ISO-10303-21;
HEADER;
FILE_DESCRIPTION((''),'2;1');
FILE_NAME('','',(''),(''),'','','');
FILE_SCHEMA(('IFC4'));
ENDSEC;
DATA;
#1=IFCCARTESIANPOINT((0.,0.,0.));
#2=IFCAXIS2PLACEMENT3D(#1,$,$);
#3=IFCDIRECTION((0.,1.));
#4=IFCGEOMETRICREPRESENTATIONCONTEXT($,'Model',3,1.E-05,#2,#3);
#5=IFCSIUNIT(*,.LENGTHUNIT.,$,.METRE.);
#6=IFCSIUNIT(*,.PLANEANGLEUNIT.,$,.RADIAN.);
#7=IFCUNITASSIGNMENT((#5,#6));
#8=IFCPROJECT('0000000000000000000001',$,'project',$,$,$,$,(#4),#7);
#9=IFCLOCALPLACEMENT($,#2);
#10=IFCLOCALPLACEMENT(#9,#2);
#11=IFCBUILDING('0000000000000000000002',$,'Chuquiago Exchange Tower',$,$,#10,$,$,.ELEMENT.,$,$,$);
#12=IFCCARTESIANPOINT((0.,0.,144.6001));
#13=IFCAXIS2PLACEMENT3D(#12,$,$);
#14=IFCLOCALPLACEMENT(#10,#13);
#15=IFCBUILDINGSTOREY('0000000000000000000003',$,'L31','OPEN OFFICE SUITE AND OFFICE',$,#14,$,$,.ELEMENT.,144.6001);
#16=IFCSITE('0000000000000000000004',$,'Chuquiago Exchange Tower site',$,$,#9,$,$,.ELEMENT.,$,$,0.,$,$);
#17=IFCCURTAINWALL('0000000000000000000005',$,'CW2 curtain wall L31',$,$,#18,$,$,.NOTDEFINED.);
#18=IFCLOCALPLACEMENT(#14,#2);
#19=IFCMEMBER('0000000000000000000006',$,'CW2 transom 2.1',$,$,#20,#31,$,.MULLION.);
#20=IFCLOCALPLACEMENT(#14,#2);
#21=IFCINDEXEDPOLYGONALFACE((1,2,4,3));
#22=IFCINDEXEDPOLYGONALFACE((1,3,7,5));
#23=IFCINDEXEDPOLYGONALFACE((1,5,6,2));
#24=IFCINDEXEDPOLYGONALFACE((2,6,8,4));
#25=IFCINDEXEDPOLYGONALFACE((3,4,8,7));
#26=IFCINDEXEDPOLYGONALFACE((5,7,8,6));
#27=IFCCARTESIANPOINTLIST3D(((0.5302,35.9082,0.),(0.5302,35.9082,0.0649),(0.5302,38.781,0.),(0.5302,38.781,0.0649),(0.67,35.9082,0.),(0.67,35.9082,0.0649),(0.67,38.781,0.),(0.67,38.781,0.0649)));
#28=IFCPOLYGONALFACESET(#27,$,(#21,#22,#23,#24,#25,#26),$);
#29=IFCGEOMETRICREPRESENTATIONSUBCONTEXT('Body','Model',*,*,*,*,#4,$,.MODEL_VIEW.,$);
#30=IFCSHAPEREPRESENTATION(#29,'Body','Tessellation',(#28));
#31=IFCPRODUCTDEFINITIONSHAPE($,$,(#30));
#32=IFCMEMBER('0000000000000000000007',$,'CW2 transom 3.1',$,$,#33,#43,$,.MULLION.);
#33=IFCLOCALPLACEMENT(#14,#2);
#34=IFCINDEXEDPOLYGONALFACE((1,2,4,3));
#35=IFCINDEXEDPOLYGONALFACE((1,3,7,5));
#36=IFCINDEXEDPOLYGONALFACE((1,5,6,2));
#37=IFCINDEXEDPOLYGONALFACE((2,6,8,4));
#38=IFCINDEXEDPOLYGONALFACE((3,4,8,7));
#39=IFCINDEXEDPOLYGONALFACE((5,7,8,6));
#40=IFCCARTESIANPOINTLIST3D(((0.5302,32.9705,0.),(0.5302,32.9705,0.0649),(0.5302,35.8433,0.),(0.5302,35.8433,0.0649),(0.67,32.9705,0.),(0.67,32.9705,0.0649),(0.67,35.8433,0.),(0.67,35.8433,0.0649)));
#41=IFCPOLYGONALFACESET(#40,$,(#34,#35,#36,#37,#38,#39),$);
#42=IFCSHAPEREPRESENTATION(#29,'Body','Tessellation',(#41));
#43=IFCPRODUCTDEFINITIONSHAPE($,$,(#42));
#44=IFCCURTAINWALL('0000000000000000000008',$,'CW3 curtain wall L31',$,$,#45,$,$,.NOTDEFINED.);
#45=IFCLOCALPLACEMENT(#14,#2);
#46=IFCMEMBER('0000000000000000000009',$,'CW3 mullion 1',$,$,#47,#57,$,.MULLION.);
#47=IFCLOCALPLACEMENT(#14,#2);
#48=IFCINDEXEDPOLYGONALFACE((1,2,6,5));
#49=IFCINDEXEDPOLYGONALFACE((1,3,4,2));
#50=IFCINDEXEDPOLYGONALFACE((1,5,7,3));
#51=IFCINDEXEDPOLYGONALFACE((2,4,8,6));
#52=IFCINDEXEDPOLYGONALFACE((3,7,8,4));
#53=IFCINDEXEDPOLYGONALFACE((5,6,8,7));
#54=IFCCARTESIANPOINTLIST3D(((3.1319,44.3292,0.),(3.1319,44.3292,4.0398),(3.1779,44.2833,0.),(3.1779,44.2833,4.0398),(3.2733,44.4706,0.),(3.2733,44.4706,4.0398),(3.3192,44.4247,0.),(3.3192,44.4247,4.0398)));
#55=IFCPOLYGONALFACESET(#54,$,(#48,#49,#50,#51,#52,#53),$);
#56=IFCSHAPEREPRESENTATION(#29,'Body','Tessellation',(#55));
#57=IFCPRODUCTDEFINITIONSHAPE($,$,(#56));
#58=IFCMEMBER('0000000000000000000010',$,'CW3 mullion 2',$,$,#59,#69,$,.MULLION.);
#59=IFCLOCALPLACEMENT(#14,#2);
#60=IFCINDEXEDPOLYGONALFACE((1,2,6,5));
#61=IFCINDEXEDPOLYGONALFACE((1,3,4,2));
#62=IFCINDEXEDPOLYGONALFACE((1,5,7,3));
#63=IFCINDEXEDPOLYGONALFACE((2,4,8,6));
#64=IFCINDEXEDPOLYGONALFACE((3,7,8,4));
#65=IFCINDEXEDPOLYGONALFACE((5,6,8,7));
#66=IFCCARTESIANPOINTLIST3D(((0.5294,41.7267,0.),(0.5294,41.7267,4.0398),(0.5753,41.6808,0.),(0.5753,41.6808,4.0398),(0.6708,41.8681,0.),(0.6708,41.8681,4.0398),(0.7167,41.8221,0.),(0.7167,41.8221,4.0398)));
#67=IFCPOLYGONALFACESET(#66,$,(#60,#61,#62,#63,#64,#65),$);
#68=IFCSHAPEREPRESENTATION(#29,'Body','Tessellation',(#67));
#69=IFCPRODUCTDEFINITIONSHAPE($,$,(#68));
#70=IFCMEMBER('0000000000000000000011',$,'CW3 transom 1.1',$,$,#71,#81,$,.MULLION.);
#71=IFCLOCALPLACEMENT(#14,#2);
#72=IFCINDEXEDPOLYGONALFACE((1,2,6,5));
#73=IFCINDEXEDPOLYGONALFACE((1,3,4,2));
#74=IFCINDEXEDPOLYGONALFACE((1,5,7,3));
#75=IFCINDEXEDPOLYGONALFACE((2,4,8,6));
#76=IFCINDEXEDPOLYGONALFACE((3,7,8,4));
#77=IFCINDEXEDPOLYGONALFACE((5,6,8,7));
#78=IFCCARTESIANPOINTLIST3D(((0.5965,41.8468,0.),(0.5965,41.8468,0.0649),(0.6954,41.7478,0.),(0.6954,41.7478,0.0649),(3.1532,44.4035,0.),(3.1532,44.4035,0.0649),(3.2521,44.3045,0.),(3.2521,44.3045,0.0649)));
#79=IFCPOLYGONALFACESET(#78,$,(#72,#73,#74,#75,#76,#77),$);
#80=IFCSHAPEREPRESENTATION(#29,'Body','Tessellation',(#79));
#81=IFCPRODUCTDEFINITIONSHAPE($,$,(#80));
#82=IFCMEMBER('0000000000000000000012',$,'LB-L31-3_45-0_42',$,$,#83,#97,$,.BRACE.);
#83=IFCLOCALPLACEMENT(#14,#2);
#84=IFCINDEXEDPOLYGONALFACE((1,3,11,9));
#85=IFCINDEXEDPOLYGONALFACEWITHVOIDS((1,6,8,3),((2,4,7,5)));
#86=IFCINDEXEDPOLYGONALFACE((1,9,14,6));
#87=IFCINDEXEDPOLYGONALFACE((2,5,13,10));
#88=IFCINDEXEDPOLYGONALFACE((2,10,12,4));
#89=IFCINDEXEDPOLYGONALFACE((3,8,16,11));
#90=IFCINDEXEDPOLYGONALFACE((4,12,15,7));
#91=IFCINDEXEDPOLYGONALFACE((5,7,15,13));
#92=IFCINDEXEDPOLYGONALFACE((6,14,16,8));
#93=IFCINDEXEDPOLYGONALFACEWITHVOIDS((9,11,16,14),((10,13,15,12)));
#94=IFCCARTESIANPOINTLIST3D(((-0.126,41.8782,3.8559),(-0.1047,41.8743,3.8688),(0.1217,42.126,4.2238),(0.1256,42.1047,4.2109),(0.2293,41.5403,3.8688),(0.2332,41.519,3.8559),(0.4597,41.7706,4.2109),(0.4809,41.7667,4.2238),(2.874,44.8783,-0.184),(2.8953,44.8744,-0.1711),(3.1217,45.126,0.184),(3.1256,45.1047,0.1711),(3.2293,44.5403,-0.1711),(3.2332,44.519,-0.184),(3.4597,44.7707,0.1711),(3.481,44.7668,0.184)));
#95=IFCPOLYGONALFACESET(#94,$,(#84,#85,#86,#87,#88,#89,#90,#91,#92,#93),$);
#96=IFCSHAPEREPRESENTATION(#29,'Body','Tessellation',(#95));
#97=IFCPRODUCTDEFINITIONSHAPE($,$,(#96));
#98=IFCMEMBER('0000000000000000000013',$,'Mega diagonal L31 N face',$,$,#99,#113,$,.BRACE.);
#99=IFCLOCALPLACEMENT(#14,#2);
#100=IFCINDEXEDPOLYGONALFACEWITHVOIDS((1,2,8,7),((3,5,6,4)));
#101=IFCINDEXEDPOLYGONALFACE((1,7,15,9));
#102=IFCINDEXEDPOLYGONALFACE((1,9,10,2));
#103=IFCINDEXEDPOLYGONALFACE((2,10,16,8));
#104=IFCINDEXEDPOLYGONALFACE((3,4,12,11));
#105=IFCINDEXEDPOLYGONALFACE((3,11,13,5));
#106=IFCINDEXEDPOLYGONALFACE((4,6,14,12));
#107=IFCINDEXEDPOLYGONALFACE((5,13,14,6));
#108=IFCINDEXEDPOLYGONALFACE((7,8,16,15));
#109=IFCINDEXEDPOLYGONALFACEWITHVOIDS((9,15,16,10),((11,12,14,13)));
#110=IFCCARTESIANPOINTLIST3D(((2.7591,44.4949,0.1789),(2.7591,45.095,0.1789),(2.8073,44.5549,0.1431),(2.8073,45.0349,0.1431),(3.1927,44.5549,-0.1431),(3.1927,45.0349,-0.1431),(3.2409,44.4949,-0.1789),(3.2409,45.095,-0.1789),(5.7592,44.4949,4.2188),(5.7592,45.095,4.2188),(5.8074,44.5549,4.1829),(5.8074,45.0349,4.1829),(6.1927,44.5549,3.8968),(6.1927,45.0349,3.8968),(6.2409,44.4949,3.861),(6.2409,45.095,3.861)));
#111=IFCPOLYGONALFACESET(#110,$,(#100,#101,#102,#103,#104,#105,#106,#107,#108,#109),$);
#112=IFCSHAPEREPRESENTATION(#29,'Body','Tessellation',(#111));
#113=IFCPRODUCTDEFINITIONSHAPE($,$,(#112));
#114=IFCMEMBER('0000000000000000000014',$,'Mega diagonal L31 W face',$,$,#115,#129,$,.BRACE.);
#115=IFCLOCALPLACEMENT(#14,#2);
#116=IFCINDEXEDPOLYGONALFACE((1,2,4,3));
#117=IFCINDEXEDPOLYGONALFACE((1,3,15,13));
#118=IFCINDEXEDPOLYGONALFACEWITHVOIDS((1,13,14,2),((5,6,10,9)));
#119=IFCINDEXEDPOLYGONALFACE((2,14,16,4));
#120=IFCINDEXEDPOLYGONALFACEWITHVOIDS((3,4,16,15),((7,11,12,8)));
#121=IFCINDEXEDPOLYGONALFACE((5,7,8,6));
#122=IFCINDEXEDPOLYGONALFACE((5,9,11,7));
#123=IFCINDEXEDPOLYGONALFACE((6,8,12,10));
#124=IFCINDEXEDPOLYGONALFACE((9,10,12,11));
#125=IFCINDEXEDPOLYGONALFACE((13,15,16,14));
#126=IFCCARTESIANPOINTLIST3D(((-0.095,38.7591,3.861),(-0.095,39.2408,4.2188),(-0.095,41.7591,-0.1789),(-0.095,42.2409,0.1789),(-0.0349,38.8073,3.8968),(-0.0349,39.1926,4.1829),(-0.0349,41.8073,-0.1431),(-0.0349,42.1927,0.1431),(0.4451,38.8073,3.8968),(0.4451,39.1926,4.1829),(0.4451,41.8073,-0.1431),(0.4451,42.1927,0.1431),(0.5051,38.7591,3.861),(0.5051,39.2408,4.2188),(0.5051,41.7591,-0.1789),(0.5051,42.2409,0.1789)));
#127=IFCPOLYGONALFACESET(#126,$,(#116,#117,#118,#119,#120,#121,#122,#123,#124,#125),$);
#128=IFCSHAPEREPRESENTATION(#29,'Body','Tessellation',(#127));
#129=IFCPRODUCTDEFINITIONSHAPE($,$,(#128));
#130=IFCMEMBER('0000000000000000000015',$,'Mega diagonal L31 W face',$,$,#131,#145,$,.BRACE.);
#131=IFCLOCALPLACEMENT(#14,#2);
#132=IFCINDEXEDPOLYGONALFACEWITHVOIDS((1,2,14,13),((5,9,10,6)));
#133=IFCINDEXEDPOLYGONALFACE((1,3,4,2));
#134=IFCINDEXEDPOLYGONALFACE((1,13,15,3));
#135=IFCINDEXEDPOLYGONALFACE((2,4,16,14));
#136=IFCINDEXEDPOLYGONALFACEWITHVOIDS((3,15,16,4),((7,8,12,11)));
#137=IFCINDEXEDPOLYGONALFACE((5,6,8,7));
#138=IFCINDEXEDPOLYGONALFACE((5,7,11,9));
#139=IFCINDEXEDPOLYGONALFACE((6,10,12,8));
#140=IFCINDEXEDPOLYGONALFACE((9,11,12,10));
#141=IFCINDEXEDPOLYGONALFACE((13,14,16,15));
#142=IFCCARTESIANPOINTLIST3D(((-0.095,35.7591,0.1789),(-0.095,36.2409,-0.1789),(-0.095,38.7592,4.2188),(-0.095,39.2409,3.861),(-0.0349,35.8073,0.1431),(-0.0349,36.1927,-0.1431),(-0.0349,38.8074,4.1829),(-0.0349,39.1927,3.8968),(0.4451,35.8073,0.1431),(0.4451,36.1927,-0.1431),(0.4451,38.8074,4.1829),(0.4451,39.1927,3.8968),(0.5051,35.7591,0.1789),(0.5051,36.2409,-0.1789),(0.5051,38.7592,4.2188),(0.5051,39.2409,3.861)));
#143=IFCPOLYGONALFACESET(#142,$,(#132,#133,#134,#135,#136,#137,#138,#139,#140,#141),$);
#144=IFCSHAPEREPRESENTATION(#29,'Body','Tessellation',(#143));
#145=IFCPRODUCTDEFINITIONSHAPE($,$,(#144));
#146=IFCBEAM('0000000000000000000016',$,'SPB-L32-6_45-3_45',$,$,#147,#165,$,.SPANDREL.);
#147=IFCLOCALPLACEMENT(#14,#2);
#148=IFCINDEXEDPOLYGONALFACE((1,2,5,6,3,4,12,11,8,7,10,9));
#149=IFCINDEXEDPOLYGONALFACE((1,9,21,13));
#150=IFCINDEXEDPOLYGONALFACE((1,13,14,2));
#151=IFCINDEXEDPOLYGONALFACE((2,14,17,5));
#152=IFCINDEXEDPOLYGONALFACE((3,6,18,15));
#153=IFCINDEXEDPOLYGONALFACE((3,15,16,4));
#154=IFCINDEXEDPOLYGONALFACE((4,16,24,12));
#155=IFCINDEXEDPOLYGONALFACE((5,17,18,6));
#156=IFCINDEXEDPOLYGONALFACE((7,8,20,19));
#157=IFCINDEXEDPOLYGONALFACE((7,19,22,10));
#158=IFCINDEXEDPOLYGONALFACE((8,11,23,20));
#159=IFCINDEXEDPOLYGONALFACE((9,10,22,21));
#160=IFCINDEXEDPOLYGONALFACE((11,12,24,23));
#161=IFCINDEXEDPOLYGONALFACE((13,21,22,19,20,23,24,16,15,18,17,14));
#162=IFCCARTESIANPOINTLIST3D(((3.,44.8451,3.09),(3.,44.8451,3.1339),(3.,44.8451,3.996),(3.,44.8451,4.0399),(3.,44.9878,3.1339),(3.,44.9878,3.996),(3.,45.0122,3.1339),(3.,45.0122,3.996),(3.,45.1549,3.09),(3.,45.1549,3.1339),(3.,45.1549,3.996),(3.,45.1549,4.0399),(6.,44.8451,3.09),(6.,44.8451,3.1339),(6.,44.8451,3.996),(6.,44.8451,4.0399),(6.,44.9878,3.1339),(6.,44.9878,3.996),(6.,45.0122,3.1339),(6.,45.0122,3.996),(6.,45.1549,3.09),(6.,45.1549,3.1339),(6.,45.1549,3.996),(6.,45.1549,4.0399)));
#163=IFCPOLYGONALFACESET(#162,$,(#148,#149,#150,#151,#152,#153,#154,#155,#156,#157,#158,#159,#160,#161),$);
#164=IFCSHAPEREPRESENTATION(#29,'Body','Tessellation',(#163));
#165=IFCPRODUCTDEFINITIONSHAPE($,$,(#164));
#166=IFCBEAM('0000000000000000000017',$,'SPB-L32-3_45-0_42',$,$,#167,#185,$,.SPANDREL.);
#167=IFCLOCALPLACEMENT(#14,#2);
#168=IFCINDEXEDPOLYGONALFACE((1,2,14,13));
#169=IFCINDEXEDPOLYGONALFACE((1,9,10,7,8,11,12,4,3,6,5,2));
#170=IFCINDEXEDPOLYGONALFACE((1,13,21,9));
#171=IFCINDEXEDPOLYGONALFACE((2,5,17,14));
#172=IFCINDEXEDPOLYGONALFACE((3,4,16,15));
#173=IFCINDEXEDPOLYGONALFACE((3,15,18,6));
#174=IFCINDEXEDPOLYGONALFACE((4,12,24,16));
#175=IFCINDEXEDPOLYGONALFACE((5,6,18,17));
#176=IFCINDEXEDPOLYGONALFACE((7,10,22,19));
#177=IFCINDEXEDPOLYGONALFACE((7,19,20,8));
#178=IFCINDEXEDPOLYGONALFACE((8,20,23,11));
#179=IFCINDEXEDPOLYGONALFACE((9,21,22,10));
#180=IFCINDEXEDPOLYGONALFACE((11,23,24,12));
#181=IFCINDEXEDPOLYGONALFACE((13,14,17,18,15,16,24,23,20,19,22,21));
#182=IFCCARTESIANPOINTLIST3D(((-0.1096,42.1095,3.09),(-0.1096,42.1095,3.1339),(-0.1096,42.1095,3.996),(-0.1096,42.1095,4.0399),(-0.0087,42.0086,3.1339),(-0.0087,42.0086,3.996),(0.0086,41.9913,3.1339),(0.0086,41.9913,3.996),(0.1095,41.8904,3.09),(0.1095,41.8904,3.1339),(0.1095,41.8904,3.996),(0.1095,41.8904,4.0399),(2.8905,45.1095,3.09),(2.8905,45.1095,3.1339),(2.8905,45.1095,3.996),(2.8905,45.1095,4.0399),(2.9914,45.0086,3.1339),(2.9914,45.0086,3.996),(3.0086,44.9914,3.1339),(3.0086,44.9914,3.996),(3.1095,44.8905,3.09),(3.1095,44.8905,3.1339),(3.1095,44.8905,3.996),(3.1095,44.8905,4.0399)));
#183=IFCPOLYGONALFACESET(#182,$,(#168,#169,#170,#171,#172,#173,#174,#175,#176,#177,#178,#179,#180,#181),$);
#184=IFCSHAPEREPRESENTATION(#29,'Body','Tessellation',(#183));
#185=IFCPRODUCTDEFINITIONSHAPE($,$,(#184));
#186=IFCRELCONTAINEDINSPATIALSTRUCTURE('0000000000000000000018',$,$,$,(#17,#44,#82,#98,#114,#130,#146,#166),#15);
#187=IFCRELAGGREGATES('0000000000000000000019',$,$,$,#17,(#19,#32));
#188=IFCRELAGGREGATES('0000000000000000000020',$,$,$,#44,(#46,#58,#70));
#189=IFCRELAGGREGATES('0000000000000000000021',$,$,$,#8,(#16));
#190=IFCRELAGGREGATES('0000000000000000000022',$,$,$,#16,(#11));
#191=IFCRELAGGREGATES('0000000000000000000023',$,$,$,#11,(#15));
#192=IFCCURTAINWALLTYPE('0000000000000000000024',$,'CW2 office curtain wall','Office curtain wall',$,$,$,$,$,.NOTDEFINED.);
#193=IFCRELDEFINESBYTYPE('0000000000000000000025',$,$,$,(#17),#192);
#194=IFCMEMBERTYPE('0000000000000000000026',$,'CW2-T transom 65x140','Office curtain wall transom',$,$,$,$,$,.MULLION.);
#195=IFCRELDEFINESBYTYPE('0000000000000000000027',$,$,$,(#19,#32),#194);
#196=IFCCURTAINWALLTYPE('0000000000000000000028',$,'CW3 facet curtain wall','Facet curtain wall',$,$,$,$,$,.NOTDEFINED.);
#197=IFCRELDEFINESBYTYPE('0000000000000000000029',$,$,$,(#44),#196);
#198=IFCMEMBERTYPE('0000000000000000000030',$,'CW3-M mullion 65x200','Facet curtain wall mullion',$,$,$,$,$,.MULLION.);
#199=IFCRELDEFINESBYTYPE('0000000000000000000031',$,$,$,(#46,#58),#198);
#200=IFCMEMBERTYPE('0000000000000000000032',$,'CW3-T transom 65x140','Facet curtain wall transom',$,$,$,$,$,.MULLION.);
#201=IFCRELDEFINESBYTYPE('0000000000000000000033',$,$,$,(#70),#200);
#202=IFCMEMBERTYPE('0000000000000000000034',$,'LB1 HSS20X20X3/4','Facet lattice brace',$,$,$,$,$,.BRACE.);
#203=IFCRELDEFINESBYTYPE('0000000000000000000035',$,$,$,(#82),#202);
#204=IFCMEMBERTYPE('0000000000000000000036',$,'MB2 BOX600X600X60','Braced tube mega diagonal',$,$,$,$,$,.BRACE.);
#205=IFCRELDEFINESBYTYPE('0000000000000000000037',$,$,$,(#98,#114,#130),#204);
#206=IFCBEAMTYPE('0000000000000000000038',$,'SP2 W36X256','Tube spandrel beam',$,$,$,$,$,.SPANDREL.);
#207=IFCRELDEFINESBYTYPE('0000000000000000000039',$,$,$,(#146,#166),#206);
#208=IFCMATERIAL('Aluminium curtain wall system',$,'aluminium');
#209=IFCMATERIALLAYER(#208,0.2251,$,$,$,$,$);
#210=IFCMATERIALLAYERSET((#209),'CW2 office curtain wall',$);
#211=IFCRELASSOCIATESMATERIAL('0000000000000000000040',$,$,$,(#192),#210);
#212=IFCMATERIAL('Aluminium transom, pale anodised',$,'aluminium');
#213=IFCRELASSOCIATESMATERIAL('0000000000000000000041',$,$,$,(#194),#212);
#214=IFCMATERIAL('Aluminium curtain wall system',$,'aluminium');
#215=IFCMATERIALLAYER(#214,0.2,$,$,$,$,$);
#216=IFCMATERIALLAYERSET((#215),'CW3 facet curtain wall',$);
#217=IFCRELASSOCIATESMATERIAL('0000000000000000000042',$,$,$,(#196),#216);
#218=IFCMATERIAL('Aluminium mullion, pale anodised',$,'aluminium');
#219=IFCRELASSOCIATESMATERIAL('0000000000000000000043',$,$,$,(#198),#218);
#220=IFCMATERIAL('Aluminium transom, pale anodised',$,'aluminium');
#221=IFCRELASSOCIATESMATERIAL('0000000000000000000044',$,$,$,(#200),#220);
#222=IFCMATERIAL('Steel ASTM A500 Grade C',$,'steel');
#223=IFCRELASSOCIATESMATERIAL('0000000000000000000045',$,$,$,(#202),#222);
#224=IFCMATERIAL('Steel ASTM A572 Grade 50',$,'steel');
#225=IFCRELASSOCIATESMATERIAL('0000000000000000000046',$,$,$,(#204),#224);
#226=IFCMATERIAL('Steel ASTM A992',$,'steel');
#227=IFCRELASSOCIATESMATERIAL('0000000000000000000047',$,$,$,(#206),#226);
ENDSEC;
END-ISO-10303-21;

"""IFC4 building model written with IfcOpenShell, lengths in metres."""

from ifc_helpers import new_model, si_unit, direction, frame, origin, origin_2d, place, context, subcontext, project, spatial, rectangle, hollow_rectangle, i_section, extrude, material, layer, layer_set, material_profile, profile_set, type_object, element, aggregate, save


model = new_model("IFC4")

# Units and contexts
model_context = context("Model", 3, precision=1e-05, world=origin(), true_north=direction((0.0, 1.0)))
body_context = subcontext(model_context, "Body", "Model", "MODEL_VIEW")
ifc_project = project(units=[si_unit("LENGTHUNIT", "METRE"), si_unit("PLANEANGLEUNIT", "RADIAN")], contexts=[model_context])

# Site, building, storey
site_placement = place(None, origin())
site = spatial("IfcSite", under=ifc_project, at=site_placement, Name="Chuquiago Exchange Tower site", CompositionType="ELEMENT", RefElevation=0.0)
building_placement = place(site_placement, origin())
building = spatial("IfcBuilding", under=site, at=building_placement, Name="Chuquiago Exchange Tower", CompositionType="ELEMENT")
storey_placement = place(building_placement, frame((0.0, 0.0, 144.6001)))
storey = spatial("IfcBuildingStorey", under=building, at=storey_placement, Name="L31", Description="OPEN OFFICE SUITE AND OFFICE", CompositionType="ELEMENT", Elevation=144.6001)

# Curtain wall
ifc_material_1 = material(Name="Aluminium curtain wall system", Category="aluminium")
ifc_layer_1 = layer(ifc_material_1, 0.2251)
ifc_layer_set_1 = layer_set([ifc_layer_1], Name="CW2 office curtain wall")
curtain_wall_type_1 = type_object("IfcCurtainWallType", Name="CW2 office curtain wall", Description="Office curtain wall", PredefinedType="NOTDEFINED", material=ifc_layer_set_1)
curtain_wall_1_placement = place(storey_placement, origin())
curtain_wall_1 = element("IfcCurtainWall", 1, at=curtain_wall_1_placement, inside=storey, type_object=curtain_wall_type_1, Name="CW2 curtain wall L31", PredefinedType="NOTDEFINED")

# Members
ifc_material_2 = material(Name="Aluminium transom, pale anodised", Category="aluminium")
ifc_material_profile_1 = material_profile(ifc_material_2, rectangle(XDim=0.1399, YDim=0.0649, at=origin_2d()), Name="AL 140x65")
ifc_profile_set_1 = profile_set([ifc_material_profile_1], Name="Aluminium transom, pale anodised")
member_type_1 = type_object("IfcMemberType", Name="CW2-T transom 65x140", Description="Office curtain wall transom", PredefinedType="MULLION", material=ifc_profile_set_1)
member_1_placement = place(storey_placement, frame((0.6001, 38.781, 0.0325), z_axis=(0.0, -1.0, 0.0), x_axis=(1.0, 0.0, 0.0)))
member_1 = element("IfcMember", 2, at=member_1_placement, type_object=member_type_1, Name="CW2 transom 2.1", PredefinedType="MULLION", context=body_context, shape_type="SweptSolid", body=[
    extrude(rectangle(XDim=0.1399, YDim=0.0649, at=origin_2d()), origin(), (0.0, 0.0, 1.0), 2.8728),
])
member_2_placement = place(storey_placement, frame((0.6001, 35.8433, 0.0325), z_axis=(0.0, -1.0, 0.0), x_axis=(1.0, 0.0, 0.0)))
member_2 = element("IfcMember", 3, at=member_2_placement, type_object=member_type_1, Name="CW2 transom 3.1", PredefinedType="MULLION", context=body_context, shape_type="SweptSolid", body=[
    extrude(rectangle(XDim=0.1399, YDim=0.0649, at=origin_2d()), origin(), (0.0, 0.0, 1.0), 2.8728),
])

# Curtain wall, members
ifc_material_3 = material(Name="Aluminium curtain wall system", Category="aluminium")
ifc_layer_2 = layer(ifc_material_3, 0.2)
ifc_layer_set_2 = layer_set([ifc_layer_2], Name="CW3 facet curtain wall")
curtain_wall_type_2 = type_object("IfcCurtainWallType", Name="CW3 facet curtain wall", Description="Facet curtain wall", PredefinedType="NOTDEFINED", material=ifc_layer_set_2)
curtain_wall_2_placement = place(storey_placement, origin())
curtain_wall_2 = element("IfcCurtainWall", 4, at=curtain_wall_2_placement, inside=storey, type_object=curtain_wall_type_2, Name="CW3 curtain wall L31", PredefinedType="NOTDEFINED")
ifc_material_4 = material(Name="Aluminium mullion, pale anodised", Category="aluminium")
ifc_material_profile_2 = material_profile(ifc_material_4, rectangle(XDim=0.0649, YDim=0.2, at=origin_2d()), Name="AL 65x200")
ifc_profile_set_2 = profile_set([ifc_material_profile_2], Name="Aluminium mullion, pale anodised")
member_type_2 = type_object("IfcMemberType", Name="CW3-M mullion 65x200", Description="Facet curtain wall mullion", PredefinedType="MULLION", material=ifc_profile_set_2)
member_3_placement = place(storey_placement, frame((3.2256, 44.377, 0.0), z_axis=(0.0, 0.0, 1.0), x_axis=(0.707107, -0.707107, 0.0)))
member_3 = element("IfcMember", 5, at=member_3_placement, type_object=member_type_2, Name="CW3 mullion 1", PredefinedType="MULLION", context=body_context, shape_type="SweptSolid", body=[
    extrude(rectangle(XDim=0.0649, YDim=0.2, at=origin_2d()), origin(), (0.0, 0.0, 1.0), 4.0398),
])
member_4_placement = place(storey_placement, frame((0.623, 41.7744, 0.0), z_axis=(0.0, 0.0, 1.0), x_axis=(0.707107, -0.707107, 0.0)))
member_4 = element("IfcMember", 6, at=member_4_placement, type_object=member_type_2, Name="CW3 mullion 2", PredefinedType="MULLION", context=body_context, shape_type="SweptSolid", body=[
    extrude(rectangle(XDim=0.0649, YDim=0.2, at=origin_2d()), origin(), (0.0, 0.0, 1.0), 4.0398),
])
ifc_material_5 = material(Name="Aluminium transom, pale anodised", Category="aluminium")
ifc_material_profile_3 = material_profile(ifc_material_5, rectangle(XDim=0.1399, YDim=0.0649, at=origin_2d()), Name="AL 140x65")
ifc_profile_set_3 = profile_set([ifc_material_profile_3], Name="Aluminium transom, pale anodised")
member_type_3 = type_object("IfcMemberType", Name="CW3-T transom 65x140", Description="Facet curtain wall transom", PredefinedType="MULLION", material=ifc_profile_set_3)
member_5_placement = place(storey_placement, frame((3.2026, 44.354, 0.0325), z_axis=(-0.707107, -0.707107, 0.0), x_axis=(0.707107, -0.707107, 0.0)))
member_5 = element("IfcMember", 7, at=member_5_placement, type_object=member_type_3, Name="CW3 transom 1.1", PredefinedType="MULLION", context=body_context, shape_type="SweptSolid", body=[
    extrude(rectangle(XDim=0.1399, YDim=0.0649, at=origin_2d()), origin(), (0.0, 0.0, 1.0), 3.6157),
])

# Members
ifc_material_6 = material(Name="Steel ASTM A500 Grade C", Category="steel")
ifc_material_profile_4 = material_profile(ifc_material_6, hollow_rectangle(XDim=0.5081, YDim=0.5081, WallThickness=0.0178, at=origin_2d()), Name="HSS20X20X3/4")
ifc_profile_set_4 = profile_set([ifc_material_profile_4], Name="Steel ASTM A500 Grade C")
member_type_4 = type_object("IfcMemberType", Name="LB1 HSS20X20X3/4", Description="Facet lattice brace", PredefinedType="BRACE", material=ifc_profile_set_4)
member_6_placement = place(storey_placement, frame((3.1775, 44.8225, 0.0), z_axis=(-0.512092, -0.512092, 0.689582), x_axis=(0.707107, -0.707107, 0.0)))
element("IfcMember", 8, at=member_6_placement, inside=storey, type_object=member_type_4, Name="LB-L31-3_45-0_42", PredefinedType="BRACE", context=body_context, shape_type="SweptSolid", body=[
    extrude(hollow_rectangle(XDim=0.5081, YDim=0.5081, WallThickness=0.0178, at=origin_2d()), origin(), (0.0, 0.0, 1.0), 5.8584),
])
ifc_material_7 = material(Name="Steel ASTM A572 Grade 50", Category="steel")
ifc_material_profile_5 = material_profile(ifc_material_7, hollow_rectangle(XDim=0.6001, YDim=0.6001, WallThickness=0.0601, at=origin_2d()), Name="BOX600X600X60")
ifc_profile_set_5 = profile_set([ifc_material_profile_5], Name="Steel ASTM A572 Grade 50")
member_type_5 = type_object("IfcMemberType", Name="MB2 BOX600X600X60", Description="Braced tube mega diagonal", PredefinedType="BRACE", material=ifc_profile_set_5)
for number, where, z_axis, x_axis, name in (
    (9, (3.0, 44.7949, 0.0), (0.596197, 0.0, 0.802838), (0.0, 1.0, 0.0), "Mega diagonal L31 N face"),
    (10, (0.2051, 42.0, 0.0), (0.0, -0.596197, 0.802838), (1.0, 0.0, 0.0), "Mega diagonal L31 W face"),
    (11, (0.2051, 36.0, 0.0), (0.0, 0.596197, 0.802838), (-1.0, 0.0, 0.0), "Mega diagonal L31 W face"),
):
    element("IfcMember", number, at=place(storey_placement, frame(where, z_axis=z_axis, x_axis=x_axis)), inside=storey, type_object=member_type_5, Name=name, PredefinedType="BRACE", context=body_context, shape_type="SweptSolid", body=[
        extrude(hollow_rectangle(XDim=0.6001, YDim=0.6001, WallThickness=0.0601, at=origin_2d()), origin(), (0.0, 0.0, 1.0), 5.032),
    ])

# Beams
ifc_material_8 = material(Name="Steel ASTM A992", Category="steel")
ifc_material_profile_6 = material_profile(ifc_material_8, i_section(OverallWidth=0.3098, OverallDepth=0.95, WebThickness=0.0244, FlangeThickness=0.0439, at=origin_2d()), Name="W36X256")
ifc_profile_set_6 = profile_set([ifc_material_profile_6], Name="Steel ASTM A992")
beam_type = type_object("IfcBeamType", Name="SP2 W36X256", Description="Tube spandrel beam", PredefinedType="SPANDREL", material=ifc_profile_set_6)
beam_1_placement = place(storey_placement, frame((6.0, 45.0, 3.5649), z_axis=(-1.0, 0.0, 0.0), x_axis=(0.0, -1.0, 0.0)))
element("IfcBeam", 12, at=beam_1_placement, inside=storey, type_object=beam_type, Name="SPB-L32-6_45-3_45", PredefinedType="SPANDREL", context=body_context, shape_type="SweptSolid", body=[
    extrude(i_section(OverallWidth=0.3098, OverallDepth=0.95, WebThickness=0.0244, FlangeThickness=0.0439, at=origin_2d()), origin(), (0.0, 0.0, 1.0), 3.0),
])
beam_2_placement = place(storey_placement, frame((3.0, 45.0, 3.5649), z_axis=(-0.707107, -0.707107, 0.0), x_axis=(0.707107, -0.707107, 0.0)))
element("IfcBeam", 13, at=beam_2_placement, inside=storey, type_object=beam_type, Name="SPB-L32-3_45-0_42", PredefinedType="SPANDREL", context=body_context, shape_type="SweptSolid", body=[
    extrude(i_section(OverallWidth=0.3098, OverallDepth=0.95, WebThickness=0.0244, FlangeThickness=0.0439, at=origin_2d()), origin(), (0.0, 0.0, 1.0), 4.2427),
])

aggregate(curtain_wall_1, [member_1, member_2])
aggregate(curtain_wall_2, [member_3, member_4, member_5])

save(model, "model.ifc")
